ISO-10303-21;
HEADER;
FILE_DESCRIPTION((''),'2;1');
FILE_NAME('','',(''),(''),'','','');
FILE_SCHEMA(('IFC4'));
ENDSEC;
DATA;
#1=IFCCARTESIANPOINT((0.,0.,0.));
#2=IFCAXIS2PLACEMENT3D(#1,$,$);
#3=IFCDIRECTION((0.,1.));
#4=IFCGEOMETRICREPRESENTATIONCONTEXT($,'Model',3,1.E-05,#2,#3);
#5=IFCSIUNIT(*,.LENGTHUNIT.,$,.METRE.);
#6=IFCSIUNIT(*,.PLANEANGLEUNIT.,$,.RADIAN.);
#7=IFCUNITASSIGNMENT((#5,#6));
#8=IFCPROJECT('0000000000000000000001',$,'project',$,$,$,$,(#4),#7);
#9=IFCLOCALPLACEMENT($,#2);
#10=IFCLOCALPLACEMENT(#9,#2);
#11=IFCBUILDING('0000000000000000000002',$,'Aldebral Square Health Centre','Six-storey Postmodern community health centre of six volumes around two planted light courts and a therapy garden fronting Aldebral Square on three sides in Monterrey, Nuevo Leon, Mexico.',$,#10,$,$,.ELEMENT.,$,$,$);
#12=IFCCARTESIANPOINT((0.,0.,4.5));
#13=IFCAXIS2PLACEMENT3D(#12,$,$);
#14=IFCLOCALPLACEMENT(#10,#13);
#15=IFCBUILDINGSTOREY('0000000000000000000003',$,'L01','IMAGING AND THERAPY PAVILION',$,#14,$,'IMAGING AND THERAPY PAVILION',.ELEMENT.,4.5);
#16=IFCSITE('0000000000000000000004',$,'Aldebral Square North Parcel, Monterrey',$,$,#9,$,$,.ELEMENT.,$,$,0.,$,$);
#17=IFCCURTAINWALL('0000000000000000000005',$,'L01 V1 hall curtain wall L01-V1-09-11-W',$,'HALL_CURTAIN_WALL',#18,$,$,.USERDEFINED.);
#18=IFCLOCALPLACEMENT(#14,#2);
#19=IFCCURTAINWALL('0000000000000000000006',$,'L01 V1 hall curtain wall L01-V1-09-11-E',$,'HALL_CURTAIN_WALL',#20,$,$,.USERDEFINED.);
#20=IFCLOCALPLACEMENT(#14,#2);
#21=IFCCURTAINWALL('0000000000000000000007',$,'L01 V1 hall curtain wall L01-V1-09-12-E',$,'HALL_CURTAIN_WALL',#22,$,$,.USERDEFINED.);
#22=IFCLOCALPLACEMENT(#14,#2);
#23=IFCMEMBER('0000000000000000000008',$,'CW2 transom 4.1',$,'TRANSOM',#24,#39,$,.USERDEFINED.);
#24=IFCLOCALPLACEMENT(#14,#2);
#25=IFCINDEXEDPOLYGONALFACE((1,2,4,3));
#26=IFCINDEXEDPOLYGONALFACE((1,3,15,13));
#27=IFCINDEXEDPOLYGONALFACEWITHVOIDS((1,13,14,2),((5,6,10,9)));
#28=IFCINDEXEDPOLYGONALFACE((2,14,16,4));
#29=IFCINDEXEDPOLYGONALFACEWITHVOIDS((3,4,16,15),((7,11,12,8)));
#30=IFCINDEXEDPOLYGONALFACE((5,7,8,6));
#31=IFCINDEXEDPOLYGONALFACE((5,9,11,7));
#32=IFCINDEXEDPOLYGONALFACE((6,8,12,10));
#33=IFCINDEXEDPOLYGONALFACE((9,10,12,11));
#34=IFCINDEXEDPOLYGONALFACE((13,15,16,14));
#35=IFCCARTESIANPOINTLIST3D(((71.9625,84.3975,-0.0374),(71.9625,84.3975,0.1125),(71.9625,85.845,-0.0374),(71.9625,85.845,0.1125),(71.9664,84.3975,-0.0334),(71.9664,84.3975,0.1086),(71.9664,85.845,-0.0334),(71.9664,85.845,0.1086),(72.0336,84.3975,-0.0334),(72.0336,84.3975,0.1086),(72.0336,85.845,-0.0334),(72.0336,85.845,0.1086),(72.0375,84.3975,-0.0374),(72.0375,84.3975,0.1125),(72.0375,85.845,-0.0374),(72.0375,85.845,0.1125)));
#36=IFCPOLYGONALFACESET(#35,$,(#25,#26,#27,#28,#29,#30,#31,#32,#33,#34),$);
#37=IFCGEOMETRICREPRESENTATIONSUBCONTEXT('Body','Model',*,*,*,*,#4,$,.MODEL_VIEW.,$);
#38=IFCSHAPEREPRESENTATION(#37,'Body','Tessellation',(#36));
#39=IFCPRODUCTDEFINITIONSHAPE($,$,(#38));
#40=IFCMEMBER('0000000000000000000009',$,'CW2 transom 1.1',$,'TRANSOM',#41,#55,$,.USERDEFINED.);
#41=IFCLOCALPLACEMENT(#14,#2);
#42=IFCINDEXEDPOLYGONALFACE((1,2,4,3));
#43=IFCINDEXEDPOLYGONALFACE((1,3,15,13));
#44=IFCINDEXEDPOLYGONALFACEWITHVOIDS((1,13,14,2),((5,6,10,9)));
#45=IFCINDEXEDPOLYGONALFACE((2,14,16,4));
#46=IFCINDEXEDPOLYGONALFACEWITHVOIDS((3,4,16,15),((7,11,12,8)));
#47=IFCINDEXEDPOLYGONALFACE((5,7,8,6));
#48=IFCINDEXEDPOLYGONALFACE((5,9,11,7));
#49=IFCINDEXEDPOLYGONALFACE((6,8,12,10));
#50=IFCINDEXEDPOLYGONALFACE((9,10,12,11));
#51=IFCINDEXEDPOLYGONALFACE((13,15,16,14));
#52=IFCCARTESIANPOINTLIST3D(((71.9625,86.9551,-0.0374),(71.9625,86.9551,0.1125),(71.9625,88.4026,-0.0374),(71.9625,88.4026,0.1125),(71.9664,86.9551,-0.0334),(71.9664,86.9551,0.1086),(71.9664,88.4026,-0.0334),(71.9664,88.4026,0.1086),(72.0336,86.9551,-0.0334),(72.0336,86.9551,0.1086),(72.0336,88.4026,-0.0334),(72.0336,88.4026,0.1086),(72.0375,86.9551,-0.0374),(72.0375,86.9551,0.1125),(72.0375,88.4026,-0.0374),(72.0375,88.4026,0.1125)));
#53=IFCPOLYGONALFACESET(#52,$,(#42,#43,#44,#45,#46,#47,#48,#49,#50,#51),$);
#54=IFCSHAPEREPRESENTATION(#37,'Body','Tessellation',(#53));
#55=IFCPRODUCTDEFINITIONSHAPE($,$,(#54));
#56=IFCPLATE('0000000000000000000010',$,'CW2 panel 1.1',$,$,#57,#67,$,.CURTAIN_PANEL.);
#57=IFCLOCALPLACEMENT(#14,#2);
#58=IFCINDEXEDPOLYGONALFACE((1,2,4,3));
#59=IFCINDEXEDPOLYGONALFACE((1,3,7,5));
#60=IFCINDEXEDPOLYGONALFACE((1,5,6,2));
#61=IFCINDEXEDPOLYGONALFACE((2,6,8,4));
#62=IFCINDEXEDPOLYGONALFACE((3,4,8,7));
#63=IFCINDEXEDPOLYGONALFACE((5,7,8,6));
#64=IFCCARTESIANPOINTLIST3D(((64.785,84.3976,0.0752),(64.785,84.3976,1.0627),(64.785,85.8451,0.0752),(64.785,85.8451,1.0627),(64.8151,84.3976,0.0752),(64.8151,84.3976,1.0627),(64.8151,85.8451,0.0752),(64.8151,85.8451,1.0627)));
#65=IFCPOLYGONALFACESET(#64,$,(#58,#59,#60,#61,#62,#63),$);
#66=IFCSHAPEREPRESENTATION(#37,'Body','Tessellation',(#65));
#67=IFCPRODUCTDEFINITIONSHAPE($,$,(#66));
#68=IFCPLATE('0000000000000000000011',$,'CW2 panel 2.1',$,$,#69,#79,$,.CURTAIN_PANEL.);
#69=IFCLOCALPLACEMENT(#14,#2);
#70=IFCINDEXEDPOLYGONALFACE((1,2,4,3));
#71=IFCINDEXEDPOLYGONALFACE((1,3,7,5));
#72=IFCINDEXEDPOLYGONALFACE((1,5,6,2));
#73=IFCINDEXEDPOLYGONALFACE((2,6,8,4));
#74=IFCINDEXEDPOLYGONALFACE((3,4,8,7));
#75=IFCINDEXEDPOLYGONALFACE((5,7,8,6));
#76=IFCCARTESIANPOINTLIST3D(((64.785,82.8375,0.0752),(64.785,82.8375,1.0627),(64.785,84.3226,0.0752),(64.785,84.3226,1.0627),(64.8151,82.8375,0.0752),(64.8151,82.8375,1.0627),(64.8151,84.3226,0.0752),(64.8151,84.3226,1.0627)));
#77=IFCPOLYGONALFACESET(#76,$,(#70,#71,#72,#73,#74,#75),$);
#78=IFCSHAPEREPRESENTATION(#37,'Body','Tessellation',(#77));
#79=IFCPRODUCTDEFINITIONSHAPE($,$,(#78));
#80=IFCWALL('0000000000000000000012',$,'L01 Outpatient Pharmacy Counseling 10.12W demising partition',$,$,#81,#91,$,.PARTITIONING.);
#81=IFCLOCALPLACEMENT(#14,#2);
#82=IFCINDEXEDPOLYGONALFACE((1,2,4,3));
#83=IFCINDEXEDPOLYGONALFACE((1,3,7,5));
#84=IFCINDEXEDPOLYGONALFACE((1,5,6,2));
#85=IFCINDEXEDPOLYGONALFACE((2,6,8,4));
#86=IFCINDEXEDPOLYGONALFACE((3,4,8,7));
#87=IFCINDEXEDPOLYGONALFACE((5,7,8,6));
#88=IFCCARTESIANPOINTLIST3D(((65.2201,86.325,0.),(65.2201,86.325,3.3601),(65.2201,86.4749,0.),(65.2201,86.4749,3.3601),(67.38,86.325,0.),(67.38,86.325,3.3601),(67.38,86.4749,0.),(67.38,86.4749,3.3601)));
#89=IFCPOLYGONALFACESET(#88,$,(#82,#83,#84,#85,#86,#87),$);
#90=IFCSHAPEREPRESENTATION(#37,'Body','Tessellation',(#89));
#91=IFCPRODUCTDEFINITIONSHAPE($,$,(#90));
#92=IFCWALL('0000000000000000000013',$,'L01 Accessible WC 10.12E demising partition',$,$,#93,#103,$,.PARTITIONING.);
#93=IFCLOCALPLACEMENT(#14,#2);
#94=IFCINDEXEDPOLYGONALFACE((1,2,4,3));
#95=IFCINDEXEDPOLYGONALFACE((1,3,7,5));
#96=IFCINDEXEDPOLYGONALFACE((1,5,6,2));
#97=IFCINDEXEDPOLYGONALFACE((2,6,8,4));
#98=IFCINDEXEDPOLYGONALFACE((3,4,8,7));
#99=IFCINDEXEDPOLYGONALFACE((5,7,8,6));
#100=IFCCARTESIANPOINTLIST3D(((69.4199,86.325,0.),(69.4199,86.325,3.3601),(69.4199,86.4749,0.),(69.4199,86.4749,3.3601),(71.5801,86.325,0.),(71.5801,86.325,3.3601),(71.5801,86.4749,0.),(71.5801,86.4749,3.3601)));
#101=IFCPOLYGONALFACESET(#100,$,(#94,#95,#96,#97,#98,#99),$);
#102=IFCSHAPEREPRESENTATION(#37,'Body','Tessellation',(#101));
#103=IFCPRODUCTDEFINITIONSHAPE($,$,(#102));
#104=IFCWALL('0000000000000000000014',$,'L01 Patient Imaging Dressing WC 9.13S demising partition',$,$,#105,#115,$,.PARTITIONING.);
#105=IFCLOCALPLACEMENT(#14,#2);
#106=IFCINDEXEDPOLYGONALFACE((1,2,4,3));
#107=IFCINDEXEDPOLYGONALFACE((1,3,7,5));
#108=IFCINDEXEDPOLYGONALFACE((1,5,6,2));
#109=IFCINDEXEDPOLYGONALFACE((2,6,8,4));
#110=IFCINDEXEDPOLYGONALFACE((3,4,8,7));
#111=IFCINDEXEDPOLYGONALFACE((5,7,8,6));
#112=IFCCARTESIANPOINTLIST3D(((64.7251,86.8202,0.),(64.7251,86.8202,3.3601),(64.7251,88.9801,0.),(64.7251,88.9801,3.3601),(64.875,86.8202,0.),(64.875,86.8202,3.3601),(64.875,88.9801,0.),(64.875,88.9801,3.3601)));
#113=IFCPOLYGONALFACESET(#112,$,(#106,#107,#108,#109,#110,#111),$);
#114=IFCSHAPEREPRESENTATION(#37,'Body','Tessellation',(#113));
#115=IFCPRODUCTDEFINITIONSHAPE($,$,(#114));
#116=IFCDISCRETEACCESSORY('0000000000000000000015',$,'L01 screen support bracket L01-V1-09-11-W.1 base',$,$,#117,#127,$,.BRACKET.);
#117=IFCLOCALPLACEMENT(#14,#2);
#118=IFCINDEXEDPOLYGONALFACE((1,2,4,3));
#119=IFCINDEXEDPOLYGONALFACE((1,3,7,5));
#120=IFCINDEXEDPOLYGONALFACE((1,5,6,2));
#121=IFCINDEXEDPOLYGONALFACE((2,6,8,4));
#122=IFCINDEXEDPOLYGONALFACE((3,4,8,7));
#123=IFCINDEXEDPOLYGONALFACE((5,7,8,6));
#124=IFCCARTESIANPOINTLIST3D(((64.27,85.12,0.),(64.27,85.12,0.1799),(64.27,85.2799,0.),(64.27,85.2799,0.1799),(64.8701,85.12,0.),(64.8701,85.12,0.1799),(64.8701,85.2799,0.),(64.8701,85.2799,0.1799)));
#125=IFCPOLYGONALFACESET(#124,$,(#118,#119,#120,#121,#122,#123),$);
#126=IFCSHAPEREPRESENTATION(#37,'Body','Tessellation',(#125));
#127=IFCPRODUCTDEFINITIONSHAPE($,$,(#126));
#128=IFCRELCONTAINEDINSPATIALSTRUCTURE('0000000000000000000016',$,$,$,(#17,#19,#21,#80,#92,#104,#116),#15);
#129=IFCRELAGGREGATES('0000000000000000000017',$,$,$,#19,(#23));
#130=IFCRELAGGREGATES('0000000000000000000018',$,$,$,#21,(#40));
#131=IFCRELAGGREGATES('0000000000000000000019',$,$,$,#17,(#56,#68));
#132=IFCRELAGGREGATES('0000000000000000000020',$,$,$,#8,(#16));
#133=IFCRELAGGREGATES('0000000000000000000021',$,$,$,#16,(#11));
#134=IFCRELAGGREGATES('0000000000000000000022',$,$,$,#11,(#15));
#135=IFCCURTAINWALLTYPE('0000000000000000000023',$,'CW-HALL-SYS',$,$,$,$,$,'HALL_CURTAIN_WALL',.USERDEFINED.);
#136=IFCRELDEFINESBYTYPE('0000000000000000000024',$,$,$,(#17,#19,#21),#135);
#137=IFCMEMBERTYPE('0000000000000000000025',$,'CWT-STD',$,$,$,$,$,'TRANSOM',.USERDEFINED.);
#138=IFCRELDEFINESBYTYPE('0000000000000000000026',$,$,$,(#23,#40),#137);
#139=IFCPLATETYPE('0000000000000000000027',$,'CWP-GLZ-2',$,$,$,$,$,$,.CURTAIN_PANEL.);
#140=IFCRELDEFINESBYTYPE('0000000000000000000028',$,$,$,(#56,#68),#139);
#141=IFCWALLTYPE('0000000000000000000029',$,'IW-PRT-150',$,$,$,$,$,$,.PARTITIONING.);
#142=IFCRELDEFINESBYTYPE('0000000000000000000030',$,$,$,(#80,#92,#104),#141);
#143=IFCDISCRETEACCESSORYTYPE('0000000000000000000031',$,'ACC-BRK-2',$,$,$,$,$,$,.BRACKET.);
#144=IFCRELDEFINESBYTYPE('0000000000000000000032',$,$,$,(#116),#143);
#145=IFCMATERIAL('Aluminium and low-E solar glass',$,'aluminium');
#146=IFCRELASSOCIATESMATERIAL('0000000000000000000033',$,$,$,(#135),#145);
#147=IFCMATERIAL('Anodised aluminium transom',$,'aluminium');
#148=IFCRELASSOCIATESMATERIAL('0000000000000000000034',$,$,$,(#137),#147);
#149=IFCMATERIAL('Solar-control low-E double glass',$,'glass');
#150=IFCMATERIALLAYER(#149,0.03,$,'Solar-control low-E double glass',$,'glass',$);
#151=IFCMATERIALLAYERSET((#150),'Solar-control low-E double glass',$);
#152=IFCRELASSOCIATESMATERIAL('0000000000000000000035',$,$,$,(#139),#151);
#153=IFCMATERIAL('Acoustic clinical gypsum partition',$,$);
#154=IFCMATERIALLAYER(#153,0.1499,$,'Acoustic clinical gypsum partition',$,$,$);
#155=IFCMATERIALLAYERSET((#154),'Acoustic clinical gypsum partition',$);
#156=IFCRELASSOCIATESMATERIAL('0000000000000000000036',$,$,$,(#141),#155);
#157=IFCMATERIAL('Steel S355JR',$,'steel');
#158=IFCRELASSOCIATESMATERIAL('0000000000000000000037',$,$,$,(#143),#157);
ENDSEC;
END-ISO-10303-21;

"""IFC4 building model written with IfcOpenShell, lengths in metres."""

from ifc_helpers import new_model, si_unit, direction, frame, frame_2d, origin, origin_2d, place, context, subcontext, project, spatial, rectangle, hollow_rectangle, extrude, material, layer, layer_set, material_profile, profile_set, type_object, element, aggregate, save


model = new_model("IFC4")

# Units and contexts
model_context = context("Model", 3, precision=1e-05, world=origin(), true_north=direction((0.0, 1.0)))
body_context = subcontext(model_context, "Body", "Model", "MODEL_VIEW")
ifc_project = project(units=[si_unit("LENGTHUNIT", "METRE"), si_unit("PLANEANGLEUNIT", "RADIAN")], contexts=[model_context])

# Site, building, storey
site_placement = place(None, origin())
site = spatial("IfcSite", under=ifc_project, at=site_placement, Name="Aldebral Square North Parcel, Monterrey", CompositionType="ELEMENT", RefElevation=0.0)
building_placement = place(site_placement, origin())
building = spatial("IfcBuilding", under=site, at=building_placement, Name="Aldebral Square Health Centre", Description="Six-storey Postmodern community health centre of six volumes around two planted light courts and a therapy garden fronting Aldebral Square on three sides in Monterrey, Nuevo Leon, Mexico.", CompositionType="ELEMENT")
storey_placement = place(building_placement, frame((0.0, 0.0, 4.5)))
storey = spatial("IfcBuildingStorey", under=building, at=storey_placement, Name="L01", Description="IMAGING AND THERAPY PAVILION", LongName="IMAGING AND THERAPY PAVILION", CompositionType="ELEMENT", Elevation=4.5)

# Curtain walls
ifc_material_1 = material(Name="Aluminium and low-E solar glass", Category="aluminium")
curtain_wall_type = type_object("IfcCurtainWallType", Name="CW-HALL-SYS", ElementType="HALL_CURTAIN_WALL", PredefinedType="USERDEFINED", material=ifc_material_1)
curtain_wall_1_placement = place(storey_placement, origin())
curtain_wall_1 = element("IfcCurtainWall", 1, at=curtain_wall_1_placement, inside=storey, type_object=curtain_wall_type, Name="L01 V1 hall curtain wall L01-V1-09-11-W", ObjectType="HALL_CURTAIN_WALL", PredefinedType="USERDEFINED")
curtain_wall_2_placement = place(storey_placement, origin())
curtain_wall_2 = element("IfcCurtainWall", 2, at=curtain_wall_2_placement, inside=storey, type_object=curtain_wall_type, Name="L01 V1 hall curtain wall L01-V1-09-11-E", ObjectType="HALL_CURTAIN_WALL", PredefinedType="USERDEFINED")
curtain_wall_3_placement = place(storey_placement, origin())
curtain_wall_3 = element("IfcCurtainWall", 3, at=curtain_wall_3_placement, inside=storey, type_object=curtain_wall_type, Name="L01 V1 hall curtain wall L01-V1-09-12-E", ObjectType="HALL_CURTAIN_WALL", PredefinedType="USERDEFINED")

# Members
ifc_material_2 = material(Name="Anodised aluminium transom", Category="aluminium")
ifc_material_profile_1 = material_profile(ifc_material_2, hollow_rectangle(XDim=0.075, YDim=0.1499, WallThickness=0.0039, at=origin_2d()), Name="CWT 75x150x4")
ifc_profile_set_1 = profile_set([ifc_material_profile_1], Name="Anodised aluminium transom")
member_type_1 = type_object("IfcMemberType", Name="CWT-STD", ElementType="TRANSOM", PredefinedType="USERDEFINED", material=ifc_profile_set_1)
member_1_placement = place(storey_placement, frame((72.0, 84.3975, 0.0376), z_axis=(0.0, 1.0, 0.0), x_axis=(-1.0, 0.0, 0.0)))
member_1 = element("IfcMember", 4, at=member_1_placement, type_object=member_type_1, Name="CW2 transom 4.1", ObjectType="TRANSOM", PredefinedType="USERDEFINED", context=body_context, shape_type="SweptSolid", body=[
    extrude(hollow_rectangle(XDim=0.075, YDim=0.1499, WallThickness=0.0039, at=origin_2d()), origin(), (0.0, 0.0, 1.0), 1.4475),
])
aggregate(curtain_wall_2, [member_1])
member_2_placement = place(storey_placement, frame((72.0, 86.9551, 0.0376), z_axis=(0.0, 1.0, 0.0), x_axis=(-1.0, 0.0, 0.0)))
member_2 = element("IfcMember", 5, at=member_2_placement, type_object=member_type_1, Name="CW2 transom 1.1", ObjectType="TRANSOM", PredefinedType="USERDEFINED", context=body_context, shape_type="SweptSolid", body=[
    extrude(hollow_rectangle(XDim=0.075, YDim=0.1499, WallThickness=0.0039, at=origin_2d()), origin(), (0.0, 0.0, 1.0), 1.4475),
])
aggregate(curtain_wall_3, [member_2])

# Plates
ifc_material_3 = material(Name="Solar-control low-E double glass", Category="glass")
ifc_layer_1 = layer(ifc_material_3, 0.03, Name="Solar-control low-E double glass", Category="glass")
ifc_layer_set_1 = layer_set([ifc_layer_1], Name="Solar-control low-E double glass")
plate_type = type_object("IfcPlateType", Name="CWP-GLZ-2", PredefinedType="CURTAIN_PANEL", material=ifc_layer_set_1)
plate_1_placement = place(storey_placement, frame((64.8, 85.1213, 0.0752), z_axis=(0.0, 0.0, 1.0), x_axis=(0.0, -1.0, 0.0)))
plate_1 = element("IfcPlate", 6, at=plate_1_placement, type_object=plate_type, Name="CW2 panel 1.1", PredefinedType="CURTAIN_PANEL", context=body_context, shape_type="SweptSolid", body=[
    extrude(rectangle(XDim=1.4475, YDim=0.03, at=origin_2d()), origin(), (0.0, 0.0, 1.0), 0.9875),
])
plate_2_placement = place(storey_placement, frame((64.8, 83.5801, 0.0752), z_axis=(0.0, 0.0, 1.0), x_axis=(0.0, -1.0, 0.0)))
plate_2 = element("IfcPlate", 7, at=plate_2_placement, type_object=plate_type, Name="CW2 panel 2.1", PredefinedType="CURTAIN_PANEL", context=body_context, shape_type="SweptSolid", body=[
    extrude(rectangle(XDim=1.4851, YDim=0.03, at=origin_2d()), origin(), (0.0, 0.0, 1.0), 0.9875),
])
aggregate(curtain_wall_1, [plate_1, plate_2])

# Walls
ifc_material_4 = material(Name="Acoustic clinical gypsum partition")
ifc_layer_2 = layer(ifc_material_4, 0.1499, Name="Acoustic clinical gypsum partition")
ifc_layer_set_2 = layer_set([ifc_layer_2], Name="Acoustic clinical gypsum partition")
wall_type = type_object("IfcWallType", Name="IW-PRT-150", PredefinedType="PARTITIONING", material=ifc_layer_set_2)
wall_1_placement = place(storey_placement, frame((65.22, 86.3999, 0.0), z_axis=(0.0, 0.0, 1.0), x_axis=(1.0, 0.0, 0.0)))
element("IfcWall", 8, at=wall_1_placement, inside=storey, type_object=wall_type, Name="L01 Outpatient Pharmacy Counseling 10.12W demising partition", PredefinedType="PARTITIONING", context=body_context, shape_type="SweptSolid", body=[
    extrude(rectangle(XDim=2.1599, YDim=0.1499, at=frame_2d((1.0801, 0.0))), origin(), (0.0, 0.0, 1.0), 3.3601),
])
wall_2_placement = place(storey_placement, frame((69.4199, 86.3999, 0.0), z_axis=(0.0, 0.0, 1.0), x_axis=(1.0, 0.0, 0.0)))
element("IfcWall", 9, at=wall_2_placement, inside=storey, type_object=wall_type, Name="L01 Accessible WC 10.12E demising partition", PredefinedType="PARTITIONING", context=body_context, shape_type="SweptSolid", body=[
    extrude(rectangle(XDim=2.1602, YDim=0.1499, at=frame_2d((1.0801, 0.0))), origin(), (0.0, 0.0, 1.0), 3.3601),
])
wall_3_placement = place(storey_placement, frame((64.8, 86.8201, 0.0), z_axis=(0.0, 0.0, 1.0), x_axis=(0.0, 1.0, 0.0)))
element("IfcWall", 10, at=wall_3_placement, inside=storey, type_object=wall_type, Name="L01 Patient Imaging Dressing WC 9.13S demising partition", PredefinedType="PARTITIONING", context=body_context, shape_type="SweptSolid", body=[
    extrude(rectangle(XDim=2.1599, YDim=0.1499, at=frame_2d((1.0801, 0.0))), origin(), (0.0, 0.0, 1.0), 3.3601),
])

# Discrete accessory
ifc_material_5 = material(Name="Steel S355JR", Category="steel")
discrete_accessory_type = type_object("IfcDiscreteAccessoryType", Name="ACC-BRK-2", PredefinedType="BRACKET", material=ifc_material_5)
discrete_accessory_placement = place(storey_placement, frame((64.5701, 85.2, 0.0), z_axis=(0.0, 0.0, 1.0), x_axis=(0.0, 1.0, 0.0)))
element("IfcDiscreteAccessory", 11, at=discrete_accessory_placement, inside=storey, type_object=discrete_accessory_type, Name="L01 screen support bracket L01-V1-09-11-W.1 base", PredefinedType="BRACKET", context=body_context, shape_type="SweptSolid", body=[
    extrude(rectangle(XDim=0.1599, YDim=0.6001, at=origin_2d()), origin(), (0.0, 0.0, 1.0), 0.1799),
])

save(model, "model.ifc")
